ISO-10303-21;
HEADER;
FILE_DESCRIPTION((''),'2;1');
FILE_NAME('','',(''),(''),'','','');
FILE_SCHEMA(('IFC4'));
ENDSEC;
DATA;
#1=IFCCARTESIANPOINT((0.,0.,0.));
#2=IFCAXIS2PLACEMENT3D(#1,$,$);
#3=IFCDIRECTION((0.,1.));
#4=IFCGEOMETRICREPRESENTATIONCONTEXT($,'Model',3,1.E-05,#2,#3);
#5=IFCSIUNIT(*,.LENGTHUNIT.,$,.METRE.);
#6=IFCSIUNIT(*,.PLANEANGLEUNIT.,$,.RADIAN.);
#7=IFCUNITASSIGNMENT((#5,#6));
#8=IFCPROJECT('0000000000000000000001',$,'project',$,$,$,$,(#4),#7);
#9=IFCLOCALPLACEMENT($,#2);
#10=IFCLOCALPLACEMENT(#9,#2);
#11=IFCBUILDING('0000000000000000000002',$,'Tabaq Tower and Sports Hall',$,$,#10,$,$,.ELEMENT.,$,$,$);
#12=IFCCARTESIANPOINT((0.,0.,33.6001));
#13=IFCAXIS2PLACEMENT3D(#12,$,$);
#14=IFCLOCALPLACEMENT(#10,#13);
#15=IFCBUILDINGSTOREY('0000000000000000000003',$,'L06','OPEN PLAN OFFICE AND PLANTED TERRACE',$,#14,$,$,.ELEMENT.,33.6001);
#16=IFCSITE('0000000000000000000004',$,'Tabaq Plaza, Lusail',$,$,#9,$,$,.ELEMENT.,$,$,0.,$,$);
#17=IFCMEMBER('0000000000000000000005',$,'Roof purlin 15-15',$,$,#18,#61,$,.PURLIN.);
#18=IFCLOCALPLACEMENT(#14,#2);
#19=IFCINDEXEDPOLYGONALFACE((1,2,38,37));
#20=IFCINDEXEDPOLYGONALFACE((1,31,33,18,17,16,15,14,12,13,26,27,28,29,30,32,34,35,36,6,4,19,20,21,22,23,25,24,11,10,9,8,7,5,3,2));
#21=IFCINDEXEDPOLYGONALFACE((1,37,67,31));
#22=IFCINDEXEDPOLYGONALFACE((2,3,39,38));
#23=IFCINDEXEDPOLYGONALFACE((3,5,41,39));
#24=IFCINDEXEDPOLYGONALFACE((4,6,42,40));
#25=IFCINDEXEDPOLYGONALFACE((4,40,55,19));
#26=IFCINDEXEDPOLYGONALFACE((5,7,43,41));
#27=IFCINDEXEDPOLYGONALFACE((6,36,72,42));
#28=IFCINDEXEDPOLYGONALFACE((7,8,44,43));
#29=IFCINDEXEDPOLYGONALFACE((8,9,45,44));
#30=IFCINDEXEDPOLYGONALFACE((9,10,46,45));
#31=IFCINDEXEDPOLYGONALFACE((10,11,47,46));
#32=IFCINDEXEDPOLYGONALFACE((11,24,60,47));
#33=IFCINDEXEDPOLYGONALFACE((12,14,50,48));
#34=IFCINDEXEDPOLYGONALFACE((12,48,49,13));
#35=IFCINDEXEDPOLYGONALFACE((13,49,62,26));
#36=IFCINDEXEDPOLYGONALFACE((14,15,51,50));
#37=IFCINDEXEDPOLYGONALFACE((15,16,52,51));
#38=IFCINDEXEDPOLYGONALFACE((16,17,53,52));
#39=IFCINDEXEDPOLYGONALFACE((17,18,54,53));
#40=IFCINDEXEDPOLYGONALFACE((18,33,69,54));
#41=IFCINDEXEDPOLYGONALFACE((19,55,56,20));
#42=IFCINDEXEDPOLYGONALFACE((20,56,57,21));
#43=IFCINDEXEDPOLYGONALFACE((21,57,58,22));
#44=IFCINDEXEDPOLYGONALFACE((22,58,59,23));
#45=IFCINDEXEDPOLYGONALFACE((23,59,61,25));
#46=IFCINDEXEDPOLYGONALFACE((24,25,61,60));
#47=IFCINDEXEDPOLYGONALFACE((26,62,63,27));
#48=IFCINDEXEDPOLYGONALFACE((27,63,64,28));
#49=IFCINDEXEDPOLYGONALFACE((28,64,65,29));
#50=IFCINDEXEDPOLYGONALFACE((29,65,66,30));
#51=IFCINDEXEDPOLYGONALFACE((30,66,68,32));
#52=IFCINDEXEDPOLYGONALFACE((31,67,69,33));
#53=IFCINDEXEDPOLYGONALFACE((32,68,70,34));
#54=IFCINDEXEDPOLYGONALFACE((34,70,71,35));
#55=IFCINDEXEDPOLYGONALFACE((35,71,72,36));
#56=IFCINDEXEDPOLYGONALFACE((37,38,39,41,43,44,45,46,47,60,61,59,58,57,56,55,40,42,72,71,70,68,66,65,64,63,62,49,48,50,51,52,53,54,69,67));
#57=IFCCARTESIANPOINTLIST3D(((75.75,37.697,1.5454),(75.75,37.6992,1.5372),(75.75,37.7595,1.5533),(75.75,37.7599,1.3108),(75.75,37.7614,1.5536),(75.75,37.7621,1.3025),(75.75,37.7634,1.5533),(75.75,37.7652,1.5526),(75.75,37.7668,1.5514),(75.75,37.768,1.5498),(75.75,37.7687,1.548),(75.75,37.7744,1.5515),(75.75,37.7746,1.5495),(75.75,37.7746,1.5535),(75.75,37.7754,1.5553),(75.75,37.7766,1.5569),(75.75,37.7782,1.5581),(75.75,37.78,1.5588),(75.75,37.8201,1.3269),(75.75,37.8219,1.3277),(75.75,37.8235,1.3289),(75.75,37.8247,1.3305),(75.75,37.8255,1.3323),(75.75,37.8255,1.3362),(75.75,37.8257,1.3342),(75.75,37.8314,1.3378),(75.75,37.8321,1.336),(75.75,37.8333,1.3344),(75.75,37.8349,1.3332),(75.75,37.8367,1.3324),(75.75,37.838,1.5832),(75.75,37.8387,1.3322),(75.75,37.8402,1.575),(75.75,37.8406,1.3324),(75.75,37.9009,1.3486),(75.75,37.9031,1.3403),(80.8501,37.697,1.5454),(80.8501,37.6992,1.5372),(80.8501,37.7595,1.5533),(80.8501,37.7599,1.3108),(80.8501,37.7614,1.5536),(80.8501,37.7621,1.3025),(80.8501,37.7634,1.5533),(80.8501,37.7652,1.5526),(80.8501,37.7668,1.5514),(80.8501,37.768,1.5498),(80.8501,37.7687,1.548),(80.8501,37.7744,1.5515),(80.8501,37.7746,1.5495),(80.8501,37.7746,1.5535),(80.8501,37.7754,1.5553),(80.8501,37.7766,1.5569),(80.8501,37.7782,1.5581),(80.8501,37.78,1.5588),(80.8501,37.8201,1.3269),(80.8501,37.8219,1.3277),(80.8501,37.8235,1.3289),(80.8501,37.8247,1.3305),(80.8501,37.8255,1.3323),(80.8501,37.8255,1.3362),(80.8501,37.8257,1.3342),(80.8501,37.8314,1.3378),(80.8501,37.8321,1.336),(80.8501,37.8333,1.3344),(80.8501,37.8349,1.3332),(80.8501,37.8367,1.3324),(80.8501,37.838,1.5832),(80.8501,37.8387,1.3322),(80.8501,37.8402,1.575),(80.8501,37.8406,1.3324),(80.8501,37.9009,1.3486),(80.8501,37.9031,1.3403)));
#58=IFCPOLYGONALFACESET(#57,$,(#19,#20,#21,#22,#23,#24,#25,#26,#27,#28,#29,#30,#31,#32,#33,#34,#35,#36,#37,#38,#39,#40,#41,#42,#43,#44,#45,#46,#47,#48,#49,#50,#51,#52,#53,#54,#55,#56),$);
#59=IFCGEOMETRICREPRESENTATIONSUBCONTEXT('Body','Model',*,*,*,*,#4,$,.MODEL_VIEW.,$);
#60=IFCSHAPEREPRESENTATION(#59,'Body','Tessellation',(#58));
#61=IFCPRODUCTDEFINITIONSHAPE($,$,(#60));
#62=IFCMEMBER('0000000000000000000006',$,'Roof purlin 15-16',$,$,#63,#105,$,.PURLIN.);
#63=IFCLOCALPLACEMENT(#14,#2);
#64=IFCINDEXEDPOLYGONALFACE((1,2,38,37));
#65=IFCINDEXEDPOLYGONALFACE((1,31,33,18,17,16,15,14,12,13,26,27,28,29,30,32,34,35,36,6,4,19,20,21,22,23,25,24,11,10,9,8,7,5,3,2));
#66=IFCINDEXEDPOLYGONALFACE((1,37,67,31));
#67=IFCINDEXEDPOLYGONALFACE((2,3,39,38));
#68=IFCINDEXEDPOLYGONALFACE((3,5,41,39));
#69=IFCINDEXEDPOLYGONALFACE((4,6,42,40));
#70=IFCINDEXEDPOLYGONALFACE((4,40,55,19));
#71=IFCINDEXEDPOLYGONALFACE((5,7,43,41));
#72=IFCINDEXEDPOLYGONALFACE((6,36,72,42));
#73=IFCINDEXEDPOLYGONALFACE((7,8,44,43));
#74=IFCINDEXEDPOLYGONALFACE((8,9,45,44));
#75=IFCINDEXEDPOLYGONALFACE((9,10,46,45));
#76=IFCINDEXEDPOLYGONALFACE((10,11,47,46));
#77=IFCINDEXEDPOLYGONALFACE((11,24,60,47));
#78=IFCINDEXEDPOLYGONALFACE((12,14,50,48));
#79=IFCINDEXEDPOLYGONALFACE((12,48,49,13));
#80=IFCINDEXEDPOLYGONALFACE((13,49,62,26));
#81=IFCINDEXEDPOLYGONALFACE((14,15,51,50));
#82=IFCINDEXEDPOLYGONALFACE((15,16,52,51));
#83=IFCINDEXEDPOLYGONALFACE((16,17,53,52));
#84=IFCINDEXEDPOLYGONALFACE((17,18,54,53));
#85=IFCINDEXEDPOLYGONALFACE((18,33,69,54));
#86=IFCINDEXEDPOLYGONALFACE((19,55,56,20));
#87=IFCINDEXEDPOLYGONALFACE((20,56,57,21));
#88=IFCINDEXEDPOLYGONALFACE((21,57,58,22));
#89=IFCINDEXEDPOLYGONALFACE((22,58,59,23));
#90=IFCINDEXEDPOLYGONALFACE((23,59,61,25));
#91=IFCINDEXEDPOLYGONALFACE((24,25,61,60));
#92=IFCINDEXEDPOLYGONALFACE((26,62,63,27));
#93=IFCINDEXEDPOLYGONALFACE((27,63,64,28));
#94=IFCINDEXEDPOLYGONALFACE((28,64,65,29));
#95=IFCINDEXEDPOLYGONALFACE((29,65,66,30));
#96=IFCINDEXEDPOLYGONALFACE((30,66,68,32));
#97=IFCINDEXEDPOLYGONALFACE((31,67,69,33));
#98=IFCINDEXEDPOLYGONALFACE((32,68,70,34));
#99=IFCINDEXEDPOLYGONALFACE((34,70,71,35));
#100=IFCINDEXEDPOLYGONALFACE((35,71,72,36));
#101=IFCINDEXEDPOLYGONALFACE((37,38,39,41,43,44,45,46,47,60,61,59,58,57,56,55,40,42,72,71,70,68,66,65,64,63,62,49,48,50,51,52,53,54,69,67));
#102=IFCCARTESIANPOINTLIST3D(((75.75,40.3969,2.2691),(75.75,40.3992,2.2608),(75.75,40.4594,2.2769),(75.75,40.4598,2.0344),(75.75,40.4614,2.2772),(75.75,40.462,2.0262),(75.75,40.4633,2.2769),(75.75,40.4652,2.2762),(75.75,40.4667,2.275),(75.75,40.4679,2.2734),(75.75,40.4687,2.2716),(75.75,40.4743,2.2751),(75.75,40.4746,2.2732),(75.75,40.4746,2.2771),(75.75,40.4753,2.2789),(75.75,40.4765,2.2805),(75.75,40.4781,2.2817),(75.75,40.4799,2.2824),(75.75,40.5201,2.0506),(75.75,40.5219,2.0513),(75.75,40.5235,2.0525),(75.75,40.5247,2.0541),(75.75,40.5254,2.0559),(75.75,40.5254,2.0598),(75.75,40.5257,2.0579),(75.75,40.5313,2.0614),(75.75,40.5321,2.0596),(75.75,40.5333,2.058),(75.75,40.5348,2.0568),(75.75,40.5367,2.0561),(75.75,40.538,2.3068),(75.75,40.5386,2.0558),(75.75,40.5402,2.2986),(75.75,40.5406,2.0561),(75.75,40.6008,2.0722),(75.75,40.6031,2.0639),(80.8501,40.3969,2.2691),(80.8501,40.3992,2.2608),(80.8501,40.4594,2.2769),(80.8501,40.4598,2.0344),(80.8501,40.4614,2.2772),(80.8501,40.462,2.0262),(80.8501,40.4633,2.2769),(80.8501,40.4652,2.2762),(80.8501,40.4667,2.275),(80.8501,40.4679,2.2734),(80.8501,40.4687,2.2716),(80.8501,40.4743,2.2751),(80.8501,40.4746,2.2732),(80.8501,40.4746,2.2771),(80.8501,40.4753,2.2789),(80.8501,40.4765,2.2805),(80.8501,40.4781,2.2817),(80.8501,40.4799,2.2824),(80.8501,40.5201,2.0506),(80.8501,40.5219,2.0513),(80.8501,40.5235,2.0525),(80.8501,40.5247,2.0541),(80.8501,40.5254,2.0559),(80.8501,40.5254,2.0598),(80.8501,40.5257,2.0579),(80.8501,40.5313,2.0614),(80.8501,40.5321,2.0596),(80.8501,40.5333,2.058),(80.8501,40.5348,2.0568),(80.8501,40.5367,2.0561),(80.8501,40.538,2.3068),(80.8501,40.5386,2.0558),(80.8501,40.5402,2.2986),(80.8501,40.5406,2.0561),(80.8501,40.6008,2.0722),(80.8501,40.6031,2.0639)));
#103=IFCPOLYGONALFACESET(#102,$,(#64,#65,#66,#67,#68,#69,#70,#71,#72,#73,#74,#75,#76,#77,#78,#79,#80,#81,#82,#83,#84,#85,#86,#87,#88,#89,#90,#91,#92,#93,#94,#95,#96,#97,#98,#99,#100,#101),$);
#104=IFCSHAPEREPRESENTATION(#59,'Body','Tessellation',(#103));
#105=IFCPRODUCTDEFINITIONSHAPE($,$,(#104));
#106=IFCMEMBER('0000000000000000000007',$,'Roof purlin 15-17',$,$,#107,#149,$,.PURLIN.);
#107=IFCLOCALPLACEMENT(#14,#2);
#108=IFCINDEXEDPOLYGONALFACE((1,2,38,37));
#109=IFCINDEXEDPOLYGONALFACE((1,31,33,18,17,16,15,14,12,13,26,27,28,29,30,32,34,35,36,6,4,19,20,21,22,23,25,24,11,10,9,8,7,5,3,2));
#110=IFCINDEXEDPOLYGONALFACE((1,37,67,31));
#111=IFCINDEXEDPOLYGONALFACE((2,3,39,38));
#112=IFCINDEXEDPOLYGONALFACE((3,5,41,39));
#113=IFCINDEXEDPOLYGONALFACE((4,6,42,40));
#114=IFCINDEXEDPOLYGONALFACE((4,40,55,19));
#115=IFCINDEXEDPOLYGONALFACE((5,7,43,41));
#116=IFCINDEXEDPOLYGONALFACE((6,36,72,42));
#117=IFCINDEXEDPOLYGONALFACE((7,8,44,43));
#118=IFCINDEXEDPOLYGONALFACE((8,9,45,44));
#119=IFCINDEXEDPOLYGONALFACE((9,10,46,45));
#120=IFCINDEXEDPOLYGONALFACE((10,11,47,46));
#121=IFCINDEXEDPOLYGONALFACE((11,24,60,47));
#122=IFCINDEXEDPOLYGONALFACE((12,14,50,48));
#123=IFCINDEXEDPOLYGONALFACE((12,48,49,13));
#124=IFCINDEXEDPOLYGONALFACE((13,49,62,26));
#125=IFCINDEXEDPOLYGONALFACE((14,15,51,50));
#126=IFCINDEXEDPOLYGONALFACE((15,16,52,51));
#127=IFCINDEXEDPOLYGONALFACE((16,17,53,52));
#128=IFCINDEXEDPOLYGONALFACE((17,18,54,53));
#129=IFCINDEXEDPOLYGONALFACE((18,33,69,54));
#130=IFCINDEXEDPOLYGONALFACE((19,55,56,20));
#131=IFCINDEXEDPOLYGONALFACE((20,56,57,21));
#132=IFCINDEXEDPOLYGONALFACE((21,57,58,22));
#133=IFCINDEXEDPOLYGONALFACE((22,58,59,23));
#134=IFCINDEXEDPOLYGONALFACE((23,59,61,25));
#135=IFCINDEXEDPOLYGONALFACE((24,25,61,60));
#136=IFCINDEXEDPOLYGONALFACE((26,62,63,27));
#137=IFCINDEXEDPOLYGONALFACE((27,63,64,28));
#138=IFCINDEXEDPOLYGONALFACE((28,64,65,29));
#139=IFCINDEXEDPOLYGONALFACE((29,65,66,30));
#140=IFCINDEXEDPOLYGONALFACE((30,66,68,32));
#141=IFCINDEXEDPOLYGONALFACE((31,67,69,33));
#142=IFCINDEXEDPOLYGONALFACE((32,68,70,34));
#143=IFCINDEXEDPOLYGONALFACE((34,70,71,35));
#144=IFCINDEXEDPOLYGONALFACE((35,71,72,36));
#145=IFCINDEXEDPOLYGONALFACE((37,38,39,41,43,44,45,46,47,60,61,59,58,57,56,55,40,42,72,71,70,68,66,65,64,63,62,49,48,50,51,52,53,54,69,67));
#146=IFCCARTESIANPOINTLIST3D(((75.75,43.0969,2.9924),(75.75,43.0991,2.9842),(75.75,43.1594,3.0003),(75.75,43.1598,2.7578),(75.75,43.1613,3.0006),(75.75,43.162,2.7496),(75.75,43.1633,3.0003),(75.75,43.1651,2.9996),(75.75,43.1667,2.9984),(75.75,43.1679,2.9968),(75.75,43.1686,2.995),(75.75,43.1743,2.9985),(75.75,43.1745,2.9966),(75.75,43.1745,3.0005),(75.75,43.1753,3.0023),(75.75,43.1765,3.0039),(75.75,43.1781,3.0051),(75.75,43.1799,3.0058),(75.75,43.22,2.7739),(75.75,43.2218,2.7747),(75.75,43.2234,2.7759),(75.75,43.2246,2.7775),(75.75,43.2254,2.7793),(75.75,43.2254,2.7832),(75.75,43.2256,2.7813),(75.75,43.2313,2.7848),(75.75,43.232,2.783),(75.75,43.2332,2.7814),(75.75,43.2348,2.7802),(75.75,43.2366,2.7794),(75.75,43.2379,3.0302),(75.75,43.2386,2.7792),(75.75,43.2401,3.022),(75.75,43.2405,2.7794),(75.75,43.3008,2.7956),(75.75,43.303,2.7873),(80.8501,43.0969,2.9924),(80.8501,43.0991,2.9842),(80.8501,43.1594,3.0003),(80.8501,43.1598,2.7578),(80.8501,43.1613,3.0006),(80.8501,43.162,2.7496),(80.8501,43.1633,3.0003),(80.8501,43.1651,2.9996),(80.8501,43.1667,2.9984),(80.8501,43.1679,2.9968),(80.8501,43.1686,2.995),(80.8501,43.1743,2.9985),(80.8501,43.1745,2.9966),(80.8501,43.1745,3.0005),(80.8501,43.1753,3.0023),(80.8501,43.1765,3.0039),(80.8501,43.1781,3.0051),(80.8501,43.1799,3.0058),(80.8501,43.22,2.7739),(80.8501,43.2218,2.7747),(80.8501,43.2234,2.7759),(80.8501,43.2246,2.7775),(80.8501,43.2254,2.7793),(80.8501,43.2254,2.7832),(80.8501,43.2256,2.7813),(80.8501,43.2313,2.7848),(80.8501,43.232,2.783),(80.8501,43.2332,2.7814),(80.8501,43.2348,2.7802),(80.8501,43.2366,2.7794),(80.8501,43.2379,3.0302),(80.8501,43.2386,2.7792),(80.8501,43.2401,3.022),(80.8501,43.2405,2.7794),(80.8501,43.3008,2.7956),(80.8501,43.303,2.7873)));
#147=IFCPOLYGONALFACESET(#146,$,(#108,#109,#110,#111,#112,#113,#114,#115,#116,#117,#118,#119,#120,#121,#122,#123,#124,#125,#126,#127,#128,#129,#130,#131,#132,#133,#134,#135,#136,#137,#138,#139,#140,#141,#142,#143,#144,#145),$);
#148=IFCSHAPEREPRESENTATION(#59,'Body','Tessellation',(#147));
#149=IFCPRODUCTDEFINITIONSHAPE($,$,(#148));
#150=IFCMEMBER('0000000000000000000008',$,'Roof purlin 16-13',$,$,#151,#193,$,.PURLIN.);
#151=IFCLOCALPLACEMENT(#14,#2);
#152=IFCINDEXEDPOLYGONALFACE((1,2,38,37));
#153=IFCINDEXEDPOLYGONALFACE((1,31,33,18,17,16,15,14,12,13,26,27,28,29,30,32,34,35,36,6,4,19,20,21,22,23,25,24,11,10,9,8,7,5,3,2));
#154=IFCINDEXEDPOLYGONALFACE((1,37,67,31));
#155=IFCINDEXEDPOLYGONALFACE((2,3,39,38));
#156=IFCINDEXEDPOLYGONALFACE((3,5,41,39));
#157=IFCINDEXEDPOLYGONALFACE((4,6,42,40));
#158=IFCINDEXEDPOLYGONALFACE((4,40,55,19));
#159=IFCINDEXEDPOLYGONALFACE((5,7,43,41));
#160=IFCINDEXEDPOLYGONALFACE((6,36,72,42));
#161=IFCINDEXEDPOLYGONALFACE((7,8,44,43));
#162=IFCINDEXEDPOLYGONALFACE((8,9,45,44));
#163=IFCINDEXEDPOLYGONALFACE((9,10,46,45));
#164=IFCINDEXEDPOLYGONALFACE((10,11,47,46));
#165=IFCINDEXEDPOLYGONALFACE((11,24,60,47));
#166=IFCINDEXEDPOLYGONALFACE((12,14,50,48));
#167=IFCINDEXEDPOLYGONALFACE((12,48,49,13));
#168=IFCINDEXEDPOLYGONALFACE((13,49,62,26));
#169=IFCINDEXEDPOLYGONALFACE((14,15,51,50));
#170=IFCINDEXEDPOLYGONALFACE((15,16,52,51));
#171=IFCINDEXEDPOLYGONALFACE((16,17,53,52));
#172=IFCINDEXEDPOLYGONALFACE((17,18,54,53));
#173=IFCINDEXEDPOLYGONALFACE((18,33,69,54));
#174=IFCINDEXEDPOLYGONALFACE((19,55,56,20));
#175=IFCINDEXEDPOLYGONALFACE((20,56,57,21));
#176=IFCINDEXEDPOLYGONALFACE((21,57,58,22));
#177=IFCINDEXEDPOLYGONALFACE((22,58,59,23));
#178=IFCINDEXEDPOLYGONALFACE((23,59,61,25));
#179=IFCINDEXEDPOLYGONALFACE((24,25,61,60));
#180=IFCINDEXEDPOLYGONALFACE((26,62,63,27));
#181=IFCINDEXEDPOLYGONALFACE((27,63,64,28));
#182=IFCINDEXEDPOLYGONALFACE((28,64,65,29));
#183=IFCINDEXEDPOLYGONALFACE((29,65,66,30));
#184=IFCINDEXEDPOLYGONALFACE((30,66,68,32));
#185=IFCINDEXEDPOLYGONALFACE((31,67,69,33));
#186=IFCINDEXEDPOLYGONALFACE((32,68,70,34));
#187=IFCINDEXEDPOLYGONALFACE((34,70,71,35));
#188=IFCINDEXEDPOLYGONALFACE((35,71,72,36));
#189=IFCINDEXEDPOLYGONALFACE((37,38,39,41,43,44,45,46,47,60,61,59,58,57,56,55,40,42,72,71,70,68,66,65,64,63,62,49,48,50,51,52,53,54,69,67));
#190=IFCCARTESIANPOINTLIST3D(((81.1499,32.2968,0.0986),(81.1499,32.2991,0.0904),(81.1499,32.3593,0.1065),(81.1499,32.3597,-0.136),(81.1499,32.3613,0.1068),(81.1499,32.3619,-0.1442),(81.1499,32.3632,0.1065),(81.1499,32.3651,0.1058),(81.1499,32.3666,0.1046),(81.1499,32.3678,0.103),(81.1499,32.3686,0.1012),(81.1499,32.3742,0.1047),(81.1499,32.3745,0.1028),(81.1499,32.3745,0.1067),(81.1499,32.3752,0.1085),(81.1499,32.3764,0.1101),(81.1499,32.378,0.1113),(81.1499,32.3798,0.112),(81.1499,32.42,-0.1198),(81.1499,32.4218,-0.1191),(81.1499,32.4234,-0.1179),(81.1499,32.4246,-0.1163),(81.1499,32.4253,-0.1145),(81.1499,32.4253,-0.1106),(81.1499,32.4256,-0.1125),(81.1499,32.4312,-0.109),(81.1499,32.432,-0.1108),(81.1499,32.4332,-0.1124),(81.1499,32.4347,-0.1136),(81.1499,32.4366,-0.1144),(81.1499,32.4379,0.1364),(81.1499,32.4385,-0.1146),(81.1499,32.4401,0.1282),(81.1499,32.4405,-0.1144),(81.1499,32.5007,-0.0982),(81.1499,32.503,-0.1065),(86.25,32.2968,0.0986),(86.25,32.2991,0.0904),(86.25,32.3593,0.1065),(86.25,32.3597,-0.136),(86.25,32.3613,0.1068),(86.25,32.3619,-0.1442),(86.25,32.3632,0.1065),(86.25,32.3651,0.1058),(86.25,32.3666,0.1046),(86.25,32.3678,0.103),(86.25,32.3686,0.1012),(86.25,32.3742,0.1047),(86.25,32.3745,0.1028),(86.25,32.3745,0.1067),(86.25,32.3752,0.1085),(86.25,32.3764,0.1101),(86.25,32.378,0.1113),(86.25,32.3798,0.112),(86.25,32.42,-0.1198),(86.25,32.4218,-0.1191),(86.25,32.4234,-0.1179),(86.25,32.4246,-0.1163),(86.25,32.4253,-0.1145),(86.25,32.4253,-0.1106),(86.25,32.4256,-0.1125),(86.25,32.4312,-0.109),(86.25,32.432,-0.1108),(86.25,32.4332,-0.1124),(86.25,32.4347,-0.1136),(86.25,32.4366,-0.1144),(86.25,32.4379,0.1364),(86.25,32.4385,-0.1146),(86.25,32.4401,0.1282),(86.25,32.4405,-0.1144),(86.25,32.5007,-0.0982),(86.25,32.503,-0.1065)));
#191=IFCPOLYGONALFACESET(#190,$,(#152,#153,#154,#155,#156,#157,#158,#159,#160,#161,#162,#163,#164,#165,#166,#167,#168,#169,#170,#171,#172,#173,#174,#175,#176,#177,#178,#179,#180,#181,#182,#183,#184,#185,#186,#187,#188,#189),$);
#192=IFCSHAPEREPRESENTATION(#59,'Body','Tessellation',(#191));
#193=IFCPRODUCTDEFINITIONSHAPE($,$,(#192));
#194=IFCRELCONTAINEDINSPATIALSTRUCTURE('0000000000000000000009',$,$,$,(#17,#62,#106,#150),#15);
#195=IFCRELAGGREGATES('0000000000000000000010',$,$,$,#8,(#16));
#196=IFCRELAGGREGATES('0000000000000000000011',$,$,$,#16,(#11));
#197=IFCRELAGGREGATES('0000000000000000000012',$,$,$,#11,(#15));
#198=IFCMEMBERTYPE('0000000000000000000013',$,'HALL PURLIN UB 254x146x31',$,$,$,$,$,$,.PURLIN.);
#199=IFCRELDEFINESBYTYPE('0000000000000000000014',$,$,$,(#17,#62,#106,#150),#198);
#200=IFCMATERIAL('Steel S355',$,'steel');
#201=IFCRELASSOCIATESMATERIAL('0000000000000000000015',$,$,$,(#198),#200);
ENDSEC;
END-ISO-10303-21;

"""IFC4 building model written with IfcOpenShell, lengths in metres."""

from ifc_helpers import new_model, si_unit, direction, frame, origin, origin_2d, place, context, subcontext, project, spatial, i_section, extrude, material, material_profile, profile_set, type_object, element, save


model = new_model("IFC4")

# Units and contexts
model_context = context("Model", 3, precision=1e-05, world=origin(), true_north=direction((0.0, 1.0)))
body_context = subcontext(model_context, "Body", "Model", "MODEL_VIEW")
ifc_project = project(units=[si_unit("LENGTHUNIT", "METRE"), si_unit("PLANEANGLEUNIT", "RADIAN")], contexts=[model_context])

# Site, building, storey
site_placement = place(None, origin())
site = spatial("IfcSite", under=ifc_project, at=site_placement, Name="Tabaq Plaza, Lusail", CompositionType="ELEMENT", RefElevation=0.0)
building_placement = place(site_placement, origin())
building = spatial("IfcBuilding", under=site, at=building_placement, Name="Tabaq Tower and Sports Hall", CompositionType="ELEMENT")
storey_placement = place(building_placement, frame((0.0, 0.0, 33.6001)))
storey = spatial("IfcBuildingStorey", under=building, at=storey_placement, Name="L06", Description="OPEN PLAN OFFICE AND PLANTED TERRACE", CompositionType="ELEMENT", Elevation=33.6001)

# Members
ifc_material_1 = material(Name="Steel S355", Category="steel")
ifc_material_profile_1 = material_profile(ifc_material_1, i_section(OverallWidth=0.146, OverallDepth=0.2515, WebThickness=0.0061, FlangeThickness=0.0085, FilletRadius=0.0076, at=origin_2d()), Name="UB 254x146x31")
ifc_profile_set_1 = profile_set([ifc_material_profile_1], Name="Steel S355")
member_type = type_object("IfcMemberType", Name="HALL PURLIN UB 254x146x31", PredefinedType="PURLIN", material=ifc_profile_set_1)
for number, where, z_axis, x_axis, name in (
    (1, (75.75, 37.8, 1.4429), (1.0, 0.0, 0.0), (0.0, 0.965926, 0.258819), "Roof purlin 15-15"),
    (2, (75.75, 40.5, 2.1665), (1.0, 0.0, 0.0), (0.0, 0.965926, 0.258819), "Roof purlin 15-16"),
    (3, (75.75, 43.2, 2.8899), (1.0, 0.0, 0.0), (0.0, 0.965926, 0.258819), "Roof purlin 15-17"),
    (4, (81.1499, 32.3999, -0.0039), (1.0, 0.0, 0.0), (0.0, 0.965926, 0.258819), "Roof purlin 16-13"),
):
    element("IfcMember", number, at=place(storey_placement, frame(where, z_axis=z_axis, x_axis=x_axis)), inside=storey, type_object=member_type, Name=name, PredefinedType="PURLIN", context=body_context, shape_type="SweptSolid", body=[
        extrude(i_section(OverallWidth=0.146, OverallDepth=0.2515, WebThickness=0.0061, FlangeThickness=0.0085, FilletRadius=0.0076, at=origin_2d()), origin(), (0.0, 0.0, 1.0), 5.1001),
    ])

save(model, "model.ifc")
